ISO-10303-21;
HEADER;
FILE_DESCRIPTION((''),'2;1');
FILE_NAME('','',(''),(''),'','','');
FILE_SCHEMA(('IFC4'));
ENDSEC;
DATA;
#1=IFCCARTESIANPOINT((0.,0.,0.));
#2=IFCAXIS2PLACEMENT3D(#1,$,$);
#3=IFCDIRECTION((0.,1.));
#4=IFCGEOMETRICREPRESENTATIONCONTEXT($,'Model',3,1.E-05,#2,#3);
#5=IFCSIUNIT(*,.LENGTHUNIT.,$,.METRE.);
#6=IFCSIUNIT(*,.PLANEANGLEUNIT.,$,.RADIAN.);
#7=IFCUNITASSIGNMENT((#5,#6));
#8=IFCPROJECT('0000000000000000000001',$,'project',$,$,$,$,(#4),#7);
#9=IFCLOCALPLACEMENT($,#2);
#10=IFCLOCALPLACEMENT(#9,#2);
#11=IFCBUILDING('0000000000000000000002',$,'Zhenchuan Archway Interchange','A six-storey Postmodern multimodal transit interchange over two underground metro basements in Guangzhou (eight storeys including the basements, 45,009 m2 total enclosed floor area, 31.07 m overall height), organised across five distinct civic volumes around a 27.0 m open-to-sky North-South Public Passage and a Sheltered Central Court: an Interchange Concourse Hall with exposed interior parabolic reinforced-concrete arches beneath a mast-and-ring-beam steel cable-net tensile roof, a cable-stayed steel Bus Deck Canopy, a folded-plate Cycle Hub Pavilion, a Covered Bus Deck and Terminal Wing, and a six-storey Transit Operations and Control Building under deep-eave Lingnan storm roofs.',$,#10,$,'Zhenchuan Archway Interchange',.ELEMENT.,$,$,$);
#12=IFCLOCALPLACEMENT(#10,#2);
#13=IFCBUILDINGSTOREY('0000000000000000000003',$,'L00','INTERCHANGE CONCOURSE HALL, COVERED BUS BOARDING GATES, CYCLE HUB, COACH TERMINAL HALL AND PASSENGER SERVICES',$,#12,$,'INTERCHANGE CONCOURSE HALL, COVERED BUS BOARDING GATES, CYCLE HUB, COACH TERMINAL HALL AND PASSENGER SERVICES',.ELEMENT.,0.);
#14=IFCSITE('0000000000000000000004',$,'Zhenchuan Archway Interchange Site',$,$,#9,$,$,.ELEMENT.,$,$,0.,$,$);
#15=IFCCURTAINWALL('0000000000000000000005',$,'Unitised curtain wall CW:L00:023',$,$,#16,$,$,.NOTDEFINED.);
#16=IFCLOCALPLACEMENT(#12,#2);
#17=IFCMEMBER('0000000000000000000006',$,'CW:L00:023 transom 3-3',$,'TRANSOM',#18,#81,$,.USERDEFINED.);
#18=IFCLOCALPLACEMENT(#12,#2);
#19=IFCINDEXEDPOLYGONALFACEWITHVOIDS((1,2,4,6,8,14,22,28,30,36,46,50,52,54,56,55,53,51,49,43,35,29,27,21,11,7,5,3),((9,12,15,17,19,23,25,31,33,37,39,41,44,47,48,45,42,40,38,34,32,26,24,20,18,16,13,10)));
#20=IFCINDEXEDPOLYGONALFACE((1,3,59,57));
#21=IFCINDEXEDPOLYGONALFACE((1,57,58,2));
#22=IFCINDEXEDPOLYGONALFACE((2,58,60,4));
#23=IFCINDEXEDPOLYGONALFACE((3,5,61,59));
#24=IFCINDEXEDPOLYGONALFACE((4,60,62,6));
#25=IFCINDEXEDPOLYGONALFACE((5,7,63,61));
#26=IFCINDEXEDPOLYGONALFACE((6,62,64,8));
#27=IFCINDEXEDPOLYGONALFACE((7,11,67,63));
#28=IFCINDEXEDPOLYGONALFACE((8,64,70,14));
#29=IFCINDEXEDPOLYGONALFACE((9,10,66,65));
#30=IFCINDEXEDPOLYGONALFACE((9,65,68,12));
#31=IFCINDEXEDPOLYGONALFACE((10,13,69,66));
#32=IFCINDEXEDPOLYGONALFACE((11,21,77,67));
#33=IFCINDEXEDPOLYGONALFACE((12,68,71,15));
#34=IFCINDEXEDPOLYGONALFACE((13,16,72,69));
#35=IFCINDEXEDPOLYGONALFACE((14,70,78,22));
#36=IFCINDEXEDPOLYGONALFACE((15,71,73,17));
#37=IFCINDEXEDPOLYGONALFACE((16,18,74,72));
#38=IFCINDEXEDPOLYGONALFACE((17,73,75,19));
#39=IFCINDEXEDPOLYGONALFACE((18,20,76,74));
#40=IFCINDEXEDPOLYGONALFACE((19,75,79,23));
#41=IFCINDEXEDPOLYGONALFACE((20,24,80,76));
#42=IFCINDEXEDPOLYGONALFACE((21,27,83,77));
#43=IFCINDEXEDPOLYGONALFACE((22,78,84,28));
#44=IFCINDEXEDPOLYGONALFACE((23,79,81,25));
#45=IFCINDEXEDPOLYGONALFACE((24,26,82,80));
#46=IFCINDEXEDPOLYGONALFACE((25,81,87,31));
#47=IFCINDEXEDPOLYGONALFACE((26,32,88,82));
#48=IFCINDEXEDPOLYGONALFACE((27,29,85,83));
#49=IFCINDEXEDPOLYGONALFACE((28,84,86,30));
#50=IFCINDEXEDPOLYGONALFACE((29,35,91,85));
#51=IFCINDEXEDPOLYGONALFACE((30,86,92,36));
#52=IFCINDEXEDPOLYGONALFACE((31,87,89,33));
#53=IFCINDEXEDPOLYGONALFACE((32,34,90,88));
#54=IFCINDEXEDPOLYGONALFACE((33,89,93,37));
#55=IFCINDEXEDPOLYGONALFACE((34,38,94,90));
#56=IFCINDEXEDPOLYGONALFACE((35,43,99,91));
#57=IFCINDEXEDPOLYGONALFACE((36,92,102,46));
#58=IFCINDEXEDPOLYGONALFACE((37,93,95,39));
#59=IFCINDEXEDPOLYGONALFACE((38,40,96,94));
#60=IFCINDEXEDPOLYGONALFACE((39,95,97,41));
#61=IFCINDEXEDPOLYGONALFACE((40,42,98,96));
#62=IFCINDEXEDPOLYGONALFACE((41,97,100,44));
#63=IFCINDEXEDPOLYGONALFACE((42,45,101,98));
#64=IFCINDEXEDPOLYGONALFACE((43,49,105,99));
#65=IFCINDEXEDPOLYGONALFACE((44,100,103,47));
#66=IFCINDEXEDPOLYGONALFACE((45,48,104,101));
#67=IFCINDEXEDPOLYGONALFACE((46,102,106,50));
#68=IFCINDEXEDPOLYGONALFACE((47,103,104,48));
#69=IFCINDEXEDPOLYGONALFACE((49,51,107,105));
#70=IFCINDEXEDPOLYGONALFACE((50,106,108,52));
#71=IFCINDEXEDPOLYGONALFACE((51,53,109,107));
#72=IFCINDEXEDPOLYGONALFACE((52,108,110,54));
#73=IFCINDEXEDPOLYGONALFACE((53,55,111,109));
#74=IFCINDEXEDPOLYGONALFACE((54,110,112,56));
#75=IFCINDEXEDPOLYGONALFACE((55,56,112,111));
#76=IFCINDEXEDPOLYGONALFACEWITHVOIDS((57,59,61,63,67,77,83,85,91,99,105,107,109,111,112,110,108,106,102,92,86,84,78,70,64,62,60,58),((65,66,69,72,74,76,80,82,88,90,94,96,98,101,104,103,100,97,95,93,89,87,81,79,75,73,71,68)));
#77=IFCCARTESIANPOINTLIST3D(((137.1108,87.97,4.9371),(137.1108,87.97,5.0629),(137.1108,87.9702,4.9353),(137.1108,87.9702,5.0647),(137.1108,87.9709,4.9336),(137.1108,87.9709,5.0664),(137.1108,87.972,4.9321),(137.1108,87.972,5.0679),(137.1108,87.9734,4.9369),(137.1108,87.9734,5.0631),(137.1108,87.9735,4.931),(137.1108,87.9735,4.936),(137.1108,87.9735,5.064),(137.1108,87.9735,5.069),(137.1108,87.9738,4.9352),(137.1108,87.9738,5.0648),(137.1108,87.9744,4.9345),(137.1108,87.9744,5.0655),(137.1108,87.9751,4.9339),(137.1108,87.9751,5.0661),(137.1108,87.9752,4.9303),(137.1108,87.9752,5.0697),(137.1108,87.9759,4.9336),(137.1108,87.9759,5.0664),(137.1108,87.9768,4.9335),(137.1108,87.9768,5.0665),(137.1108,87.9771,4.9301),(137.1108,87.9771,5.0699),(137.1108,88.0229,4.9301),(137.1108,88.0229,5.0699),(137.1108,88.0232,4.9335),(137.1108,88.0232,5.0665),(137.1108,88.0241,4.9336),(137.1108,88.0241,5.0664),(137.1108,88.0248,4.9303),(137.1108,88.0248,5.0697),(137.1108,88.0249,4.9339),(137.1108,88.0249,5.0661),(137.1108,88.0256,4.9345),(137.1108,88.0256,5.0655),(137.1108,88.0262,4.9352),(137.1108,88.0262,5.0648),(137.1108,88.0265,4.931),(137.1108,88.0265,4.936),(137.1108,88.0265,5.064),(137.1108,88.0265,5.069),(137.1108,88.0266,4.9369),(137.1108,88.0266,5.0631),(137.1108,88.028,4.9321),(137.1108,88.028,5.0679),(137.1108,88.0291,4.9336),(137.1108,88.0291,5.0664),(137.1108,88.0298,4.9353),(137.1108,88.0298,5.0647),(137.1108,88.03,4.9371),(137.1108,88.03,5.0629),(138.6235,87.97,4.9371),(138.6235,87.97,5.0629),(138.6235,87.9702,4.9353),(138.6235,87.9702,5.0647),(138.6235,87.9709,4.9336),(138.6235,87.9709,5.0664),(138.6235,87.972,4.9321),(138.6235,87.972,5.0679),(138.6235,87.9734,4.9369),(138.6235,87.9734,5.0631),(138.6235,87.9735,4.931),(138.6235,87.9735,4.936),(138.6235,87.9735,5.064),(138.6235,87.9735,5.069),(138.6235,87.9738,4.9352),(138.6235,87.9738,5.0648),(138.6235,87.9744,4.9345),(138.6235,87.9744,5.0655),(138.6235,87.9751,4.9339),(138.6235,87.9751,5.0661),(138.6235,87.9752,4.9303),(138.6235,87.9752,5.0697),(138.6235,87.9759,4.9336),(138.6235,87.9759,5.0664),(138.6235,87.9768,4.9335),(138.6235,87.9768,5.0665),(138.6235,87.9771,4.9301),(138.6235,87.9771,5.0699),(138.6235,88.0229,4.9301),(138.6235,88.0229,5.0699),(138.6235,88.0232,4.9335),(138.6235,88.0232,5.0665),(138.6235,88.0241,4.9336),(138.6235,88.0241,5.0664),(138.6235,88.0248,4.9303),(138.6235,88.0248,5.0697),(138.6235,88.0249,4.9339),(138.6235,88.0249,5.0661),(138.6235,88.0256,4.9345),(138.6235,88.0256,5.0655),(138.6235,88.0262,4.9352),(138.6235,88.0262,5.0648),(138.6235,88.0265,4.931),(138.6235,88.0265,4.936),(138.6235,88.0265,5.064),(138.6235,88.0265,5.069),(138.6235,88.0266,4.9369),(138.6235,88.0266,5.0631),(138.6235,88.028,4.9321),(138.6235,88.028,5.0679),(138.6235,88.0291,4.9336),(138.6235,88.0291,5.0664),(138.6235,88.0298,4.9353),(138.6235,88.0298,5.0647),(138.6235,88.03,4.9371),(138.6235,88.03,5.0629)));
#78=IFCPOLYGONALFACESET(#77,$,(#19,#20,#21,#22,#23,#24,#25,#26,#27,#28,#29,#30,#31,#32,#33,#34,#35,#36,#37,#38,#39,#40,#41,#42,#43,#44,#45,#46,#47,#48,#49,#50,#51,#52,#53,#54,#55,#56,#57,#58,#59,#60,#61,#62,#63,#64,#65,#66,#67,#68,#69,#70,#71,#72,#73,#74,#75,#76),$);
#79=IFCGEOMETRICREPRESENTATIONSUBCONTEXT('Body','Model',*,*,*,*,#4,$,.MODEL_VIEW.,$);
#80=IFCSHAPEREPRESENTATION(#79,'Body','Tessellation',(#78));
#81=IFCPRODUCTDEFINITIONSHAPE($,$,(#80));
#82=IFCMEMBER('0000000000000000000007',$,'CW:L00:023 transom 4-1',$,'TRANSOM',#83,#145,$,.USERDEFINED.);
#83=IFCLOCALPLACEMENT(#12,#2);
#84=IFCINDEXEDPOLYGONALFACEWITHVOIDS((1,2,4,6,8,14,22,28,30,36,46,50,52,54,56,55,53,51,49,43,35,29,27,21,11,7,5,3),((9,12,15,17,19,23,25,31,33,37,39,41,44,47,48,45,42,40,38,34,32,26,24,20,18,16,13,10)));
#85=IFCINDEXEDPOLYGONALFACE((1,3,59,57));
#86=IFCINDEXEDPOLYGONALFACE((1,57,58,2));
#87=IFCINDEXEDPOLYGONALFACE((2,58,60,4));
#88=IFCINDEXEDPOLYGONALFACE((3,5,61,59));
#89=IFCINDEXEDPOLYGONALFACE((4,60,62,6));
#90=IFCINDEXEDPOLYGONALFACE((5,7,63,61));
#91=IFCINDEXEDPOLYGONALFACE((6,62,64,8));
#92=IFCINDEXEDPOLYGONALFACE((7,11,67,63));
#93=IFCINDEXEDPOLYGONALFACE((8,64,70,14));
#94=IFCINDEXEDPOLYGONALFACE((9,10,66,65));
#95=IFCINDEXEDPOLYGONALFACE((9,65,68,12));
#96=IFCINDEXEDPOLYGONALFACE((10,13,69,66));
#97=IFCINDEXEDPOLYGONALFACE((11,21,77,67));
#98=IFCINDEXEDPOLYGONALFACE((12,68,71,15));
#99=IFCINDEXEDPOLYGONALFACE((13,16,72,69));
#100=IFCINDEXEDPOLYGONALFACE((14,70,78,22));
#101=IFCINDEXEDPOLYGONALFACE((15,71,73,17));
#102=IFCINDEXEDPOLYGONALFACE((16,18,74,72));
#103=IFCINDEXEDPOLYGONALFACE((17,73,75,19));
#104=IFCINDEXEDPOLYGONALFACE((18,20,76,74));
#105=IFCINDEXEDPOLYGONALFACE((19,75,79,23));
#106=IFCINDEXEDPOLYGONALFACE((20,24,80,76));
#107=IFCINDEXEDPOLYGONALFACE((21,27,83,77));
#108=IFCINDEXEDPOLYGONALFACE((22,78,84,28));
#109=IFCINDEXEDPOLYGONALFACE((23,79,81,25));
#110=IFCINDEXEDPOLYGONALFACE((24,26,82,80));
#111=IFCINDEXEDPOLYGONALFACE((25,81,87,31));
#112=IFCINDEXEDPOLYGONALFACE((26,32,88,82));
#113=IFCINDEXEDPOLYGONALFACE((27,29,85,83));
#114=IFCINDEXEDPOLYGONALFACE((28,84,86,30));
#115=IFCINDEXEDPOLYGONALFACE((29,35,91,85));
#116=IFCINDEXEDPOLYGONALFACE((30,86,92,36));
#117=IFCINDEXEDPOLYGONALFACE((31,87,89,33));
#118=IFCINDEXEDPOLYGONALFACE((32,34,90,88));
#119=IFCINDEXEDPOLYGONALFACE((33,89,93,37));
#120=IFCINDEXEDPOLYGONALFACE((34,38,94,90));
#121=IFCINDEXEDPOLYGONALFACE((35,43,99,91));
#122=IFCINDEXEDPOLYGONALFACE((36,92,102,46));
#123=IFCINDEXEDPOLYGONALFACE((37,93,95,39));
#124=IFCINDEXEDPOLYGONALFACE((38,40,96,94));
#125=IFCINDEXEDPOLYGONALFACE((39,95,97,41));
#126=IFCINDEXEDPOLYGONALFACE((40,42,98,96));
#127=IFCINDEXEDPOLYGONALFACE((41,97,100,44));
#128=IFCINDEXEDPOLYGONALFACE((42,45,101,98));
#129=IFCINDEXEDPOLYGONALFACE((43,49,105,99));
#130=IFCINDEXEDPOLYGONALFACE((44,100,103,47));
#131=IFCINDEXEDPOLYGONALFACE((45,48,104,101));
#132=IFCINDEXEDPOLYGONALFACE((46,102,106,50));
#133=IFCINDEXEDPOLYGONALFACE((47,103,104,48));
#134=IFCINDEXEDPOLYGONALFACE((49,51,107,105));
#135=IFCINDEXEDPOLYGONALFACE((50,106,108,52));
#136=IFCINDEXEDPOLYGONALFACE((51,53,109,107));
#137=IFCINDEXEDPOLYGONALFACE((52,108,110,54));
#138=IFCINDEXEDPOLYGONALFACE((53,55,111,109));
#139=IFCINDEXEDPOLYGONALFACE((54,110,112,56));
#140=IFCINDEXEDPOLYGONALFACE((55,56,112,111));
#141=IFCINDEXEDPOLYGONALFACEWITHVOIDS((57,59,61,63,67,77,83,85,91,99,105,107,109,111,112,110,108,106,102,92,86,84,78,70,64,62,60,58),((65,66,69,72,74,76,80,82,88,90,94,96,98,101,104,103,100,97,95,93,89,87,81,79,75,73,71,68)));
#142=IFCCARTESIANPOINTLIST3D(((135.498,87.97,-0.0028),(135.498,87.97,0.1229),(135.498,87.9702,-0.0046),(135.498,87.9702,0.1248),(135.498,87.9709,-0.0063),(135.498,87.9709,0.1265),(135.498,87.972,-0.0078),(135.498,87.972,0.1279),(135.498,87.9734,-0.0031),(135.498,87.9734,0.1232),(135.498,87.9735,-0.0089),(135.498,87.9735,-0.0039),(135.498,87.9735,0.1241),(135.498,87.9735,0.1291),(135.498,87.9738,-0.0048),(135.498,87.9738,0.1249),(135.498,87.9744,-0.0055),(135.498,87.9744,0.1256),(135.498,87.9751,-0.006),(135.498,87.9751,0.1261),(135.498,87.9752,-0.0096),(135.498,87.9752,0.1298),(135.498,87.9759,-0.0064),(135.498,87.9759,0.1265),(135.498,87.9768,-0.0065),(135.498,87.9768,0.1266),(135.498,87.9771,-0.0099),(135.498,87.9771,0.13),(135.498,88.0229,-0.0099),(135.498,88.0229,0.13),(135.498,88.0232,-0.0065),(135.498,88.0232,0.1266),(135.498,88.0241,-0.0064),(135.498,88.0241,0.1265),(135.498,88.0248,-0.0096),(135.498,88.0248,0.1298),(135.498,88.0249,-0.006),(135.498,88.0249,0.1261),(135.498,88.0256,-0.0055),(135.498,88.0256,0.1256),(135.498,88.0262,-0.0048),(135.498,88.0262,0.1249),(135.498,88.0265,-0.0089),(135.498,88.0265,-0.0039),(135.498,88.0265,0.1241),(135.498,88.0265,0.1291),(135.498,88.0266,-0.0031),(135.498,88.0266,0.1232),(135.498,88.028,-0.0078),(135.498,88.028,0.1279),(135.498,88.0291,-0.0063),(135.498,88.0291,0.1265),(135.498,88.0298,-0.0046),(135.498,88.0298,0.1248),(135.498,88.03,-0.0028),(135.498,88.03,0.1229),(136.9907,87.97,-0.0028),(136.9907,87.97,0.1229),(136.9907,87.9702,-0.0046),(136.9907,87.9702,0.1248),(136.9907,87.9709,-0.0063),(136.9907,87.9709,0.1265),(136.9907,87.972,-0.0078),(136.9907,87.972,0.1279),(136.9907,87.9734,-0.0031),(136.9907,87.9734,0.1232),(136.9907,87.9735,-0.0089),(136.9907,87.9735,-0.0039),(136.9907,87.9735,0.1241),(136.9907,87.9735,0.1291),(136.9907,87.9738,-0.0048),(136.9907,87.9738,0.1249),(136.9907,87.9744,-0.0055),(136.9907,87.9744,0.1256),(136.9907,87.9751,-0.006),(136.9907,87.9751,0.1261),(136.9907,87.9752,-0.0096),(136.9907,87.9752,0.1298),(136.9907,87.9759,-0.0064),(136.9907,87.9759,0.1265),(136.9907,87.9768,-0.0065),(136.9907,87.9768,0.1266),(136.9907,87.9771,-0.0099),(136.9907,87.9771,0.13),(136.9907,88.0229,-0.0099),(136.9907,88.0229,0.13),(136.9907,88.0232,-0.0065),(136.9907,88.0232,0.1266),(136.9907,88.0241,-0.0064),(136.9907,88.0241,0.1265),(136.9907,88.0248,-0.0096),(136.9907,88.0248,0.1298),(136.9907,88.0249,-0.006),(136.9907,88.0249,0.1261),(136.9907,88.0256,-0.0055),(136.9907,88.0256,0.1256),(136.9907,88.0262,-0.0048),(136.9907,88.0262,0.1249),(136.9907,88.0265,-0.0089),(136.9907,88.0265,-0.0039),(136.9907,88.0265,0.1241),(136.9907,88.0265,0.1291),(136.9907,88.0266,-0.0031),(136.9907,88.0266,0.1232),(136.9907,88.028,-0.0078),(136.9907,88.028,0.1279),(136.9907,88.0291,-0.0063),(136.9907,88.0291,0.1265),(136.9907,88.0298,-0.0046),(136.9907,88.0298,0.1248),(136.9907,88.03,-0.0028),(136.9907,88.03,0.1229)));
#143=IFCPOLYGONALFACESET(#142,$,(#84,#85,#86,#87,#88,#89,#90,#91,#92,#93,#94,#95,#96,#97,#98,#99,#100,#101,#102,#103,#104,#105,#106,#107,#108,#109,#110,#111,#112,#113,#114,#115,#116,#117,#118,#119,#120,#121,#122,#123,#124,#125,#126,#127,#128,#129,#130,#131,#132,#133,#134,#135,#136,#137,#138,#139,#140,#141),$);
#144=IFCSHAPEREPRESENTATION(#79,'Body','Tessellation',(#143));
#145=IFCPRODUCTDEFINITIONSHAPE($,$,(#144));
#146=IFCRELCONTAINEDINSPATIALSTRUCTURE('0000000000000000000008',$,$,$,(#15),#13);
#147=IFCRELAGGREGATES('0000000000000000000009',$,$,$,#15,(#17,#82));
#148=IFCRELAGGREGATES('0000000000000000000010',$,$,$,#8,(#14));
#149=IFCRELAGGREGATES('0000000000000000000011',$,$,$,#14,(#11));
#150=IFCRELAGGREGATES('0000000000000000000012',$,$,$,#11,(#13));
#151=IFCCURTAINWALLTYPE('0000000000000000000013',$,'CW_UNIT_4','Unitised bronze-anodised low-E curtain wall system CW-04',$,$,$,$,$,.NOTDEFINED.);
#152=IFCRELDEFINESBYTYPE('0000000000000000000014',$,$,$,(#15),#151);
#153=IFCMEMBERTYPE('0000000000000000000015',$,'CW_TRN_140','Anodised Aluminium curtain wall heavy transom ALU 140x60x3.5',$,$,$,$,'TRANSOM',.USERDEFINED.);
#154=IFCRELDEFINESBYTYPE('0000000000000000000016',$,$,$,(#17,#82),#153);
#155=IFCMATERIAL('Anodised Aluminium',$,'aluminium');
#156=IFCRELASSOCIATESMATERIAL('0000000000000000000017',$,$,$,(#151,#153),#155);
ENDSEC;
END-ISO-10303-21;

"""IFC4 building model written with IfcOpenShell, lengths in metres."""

from ifc_helpers import new_model, si_unit, direction, frame, origin, origin_2d, place, context, subcontext, project, spatial, hollow_rectangle, extrude, material, material_profile, profile_set, type_object, element, aggregate, save


model = new_model("IFC4")

# Units and contexts
model_context = context("Model", 3, precision=1e-05, world=origin(), true_north=direction((0.0, 1.0)))
body_context = subcontext(model_context, "Body", "Model", "MODEL_VIEW")
ifc_project = project(units=[si_unit("LENGTHUNIT", "METRE"), si_unit("PLANEANGLEUNIT", "RADIAN")], contexts=[model_context])

# Site, building, storey
site_placement = place(None, origin())
site = spatial("IfcSite", under=ifc_project, at=site_placement, Name="Zhenchuan Archway Interchange Site", CompositionType="ELEMENT", RefElevation=0.0)
building_placement = place(site_placement, origin())
building = spatial("IfcBuilding", under=site, at=building_placement, Name="Zhenchuan Archway Interchange", Description="A six-storey Postmodern multimodal transit interchange over two underground metro basements in Guangzhou (eight storeys including the basements, 45,009 m2 total enclosed floor area, 31.07 m overall height), organised across five distinct civic volumes around a 27.0 m open-to-sky North-South Public Passage and a Sheltered Central Court: an Interchange Concourse Hall with exposed interior parabolic reinforced-concrete arches beneath a mast-and-ring-beam steel cable-net tensile roof, a cable-stayed steel Bus Deck Canopy, a folded-plate Cycle Hub Pavilion, a Covered Bus Deck and Terminal Wing, and a six-storey Transit Operations and Control Building under deep-eave Lingnan storm roofs.", LongName="Zhenchuan Archway Interchange", CompositionType="ELEMENT")
storey_placement = place(building_placement, origin())
storey = spatial("IfcBuildingStorey", under=building, at=storey_placement, Name="L00", Description="INTERCHANGE CONCOURSE HALL, COVERED BUS BOARDING GATES, CYCLE HUB, COACH TERMINAL HALL AND PASSENGER SERVICES", LongName="INTERCHANGE CONCOURSE HALL, COVERED BUS BOARDING GATES, CYCLE HUB, COACH TERMINAL HALL AND PASSENGER SERVICES", CompositionType="ELEMENT", Elevation=0.0)

# Curtain wall, members
ifc_material_1 = material(Name="Anodised Aluminium", Category="aluminium")
curtain_wall_type = type_object("IfcCurtainWallType", Name="CW_UNIT_4", Description="Unitised bronze-anodised low-E curtain wall system CW-04", PredefinedType="NOTDEFINED", material=ifc_material_1)
curtain_wall_placement = place(storey_placement, origin())
curtain_wall = element("IfcCurtainWall", 1, at=curtain_wall_placement, inside=storey, type_object=curtain_wall_type, Name="Unitised curtain wall CW:L00:023", PredefinedType="NOTDEFINED")
ifc_material_profile_1 = material_profile(ifc_material_1, hollow_rectangle(XDim=0.0601, YDim=0.1399, WallThickness=0.0034, InnerFilletRadius=0.0034, OuterFilletRadius=0.0071, at=origin_2d()), Name="ALU 140x60x3.5")
ifc_profile_set_1 = profile_set([ifc_material_profile_1], Name="Anodised Aluminium")
member_type_1 = type_object("IfcMemberType", Name="CW_TRN_140", Description="Anodised Aluminium curtain wall heavy transom ALU 140x60x3.5", ElementType="TRANSOM", PredefinedType="USERDEFINED", material=ifc_profile_set_1)
member_1_placement = place(storey_placement, frame((138.6235, 88.0, 5.0), z_axis=(-1.0, 0.0, 0.0), x_axis=(0.0, -1.0, 0.0)))
member_1 = element("IfcMember", 2, at=member_1_placement, type_object=member_type_1, Name="CW:L00:023 transom 3-3", ObjectType="TRANSOM", PredefinedType="USERDEFINED", context=body_context, shape_type="SweptSolid", body=[
    extrude(hollow_rectangle(XDim=0.0601, YDim=0.1399, WallThickness=0.0034, InnerFilletRadius=0.0034, OuterFilletRadius=0.0071, at=origin_2d()), origin(), (0.0, 0.0, 1.0), 1.5127),
])
member_2_placement = place(storey_placement, frame((136.9907, 88.0, 0.0601), z_axis=(-1.0, 0.0, 0.0), x_axis=(0.0, -1.0, 0.0)))
member_2 = element("IfcMember", 3, at=member_2_placement, type_object=member_type_1, Name="CW:L00:023 transom 4-1", ObjectType="TRANSOM", PredefinedType="USERDEFINED", context=body_context, shape_type="SweptSolid", body=[
    extrude(hollow_rectangle(XDim=0.0601, YDim=0.1399, WallThickness=0.0034, InnerFilletRadius=0.0034, OuterFilletRadius=0.0071, at=origin_2d()), origin(), (0.0, 0.0, 1.0), 1.4927),
])

aggregate(curtain_wall, [member_1, member_2])

save(model, "model.ifc")
